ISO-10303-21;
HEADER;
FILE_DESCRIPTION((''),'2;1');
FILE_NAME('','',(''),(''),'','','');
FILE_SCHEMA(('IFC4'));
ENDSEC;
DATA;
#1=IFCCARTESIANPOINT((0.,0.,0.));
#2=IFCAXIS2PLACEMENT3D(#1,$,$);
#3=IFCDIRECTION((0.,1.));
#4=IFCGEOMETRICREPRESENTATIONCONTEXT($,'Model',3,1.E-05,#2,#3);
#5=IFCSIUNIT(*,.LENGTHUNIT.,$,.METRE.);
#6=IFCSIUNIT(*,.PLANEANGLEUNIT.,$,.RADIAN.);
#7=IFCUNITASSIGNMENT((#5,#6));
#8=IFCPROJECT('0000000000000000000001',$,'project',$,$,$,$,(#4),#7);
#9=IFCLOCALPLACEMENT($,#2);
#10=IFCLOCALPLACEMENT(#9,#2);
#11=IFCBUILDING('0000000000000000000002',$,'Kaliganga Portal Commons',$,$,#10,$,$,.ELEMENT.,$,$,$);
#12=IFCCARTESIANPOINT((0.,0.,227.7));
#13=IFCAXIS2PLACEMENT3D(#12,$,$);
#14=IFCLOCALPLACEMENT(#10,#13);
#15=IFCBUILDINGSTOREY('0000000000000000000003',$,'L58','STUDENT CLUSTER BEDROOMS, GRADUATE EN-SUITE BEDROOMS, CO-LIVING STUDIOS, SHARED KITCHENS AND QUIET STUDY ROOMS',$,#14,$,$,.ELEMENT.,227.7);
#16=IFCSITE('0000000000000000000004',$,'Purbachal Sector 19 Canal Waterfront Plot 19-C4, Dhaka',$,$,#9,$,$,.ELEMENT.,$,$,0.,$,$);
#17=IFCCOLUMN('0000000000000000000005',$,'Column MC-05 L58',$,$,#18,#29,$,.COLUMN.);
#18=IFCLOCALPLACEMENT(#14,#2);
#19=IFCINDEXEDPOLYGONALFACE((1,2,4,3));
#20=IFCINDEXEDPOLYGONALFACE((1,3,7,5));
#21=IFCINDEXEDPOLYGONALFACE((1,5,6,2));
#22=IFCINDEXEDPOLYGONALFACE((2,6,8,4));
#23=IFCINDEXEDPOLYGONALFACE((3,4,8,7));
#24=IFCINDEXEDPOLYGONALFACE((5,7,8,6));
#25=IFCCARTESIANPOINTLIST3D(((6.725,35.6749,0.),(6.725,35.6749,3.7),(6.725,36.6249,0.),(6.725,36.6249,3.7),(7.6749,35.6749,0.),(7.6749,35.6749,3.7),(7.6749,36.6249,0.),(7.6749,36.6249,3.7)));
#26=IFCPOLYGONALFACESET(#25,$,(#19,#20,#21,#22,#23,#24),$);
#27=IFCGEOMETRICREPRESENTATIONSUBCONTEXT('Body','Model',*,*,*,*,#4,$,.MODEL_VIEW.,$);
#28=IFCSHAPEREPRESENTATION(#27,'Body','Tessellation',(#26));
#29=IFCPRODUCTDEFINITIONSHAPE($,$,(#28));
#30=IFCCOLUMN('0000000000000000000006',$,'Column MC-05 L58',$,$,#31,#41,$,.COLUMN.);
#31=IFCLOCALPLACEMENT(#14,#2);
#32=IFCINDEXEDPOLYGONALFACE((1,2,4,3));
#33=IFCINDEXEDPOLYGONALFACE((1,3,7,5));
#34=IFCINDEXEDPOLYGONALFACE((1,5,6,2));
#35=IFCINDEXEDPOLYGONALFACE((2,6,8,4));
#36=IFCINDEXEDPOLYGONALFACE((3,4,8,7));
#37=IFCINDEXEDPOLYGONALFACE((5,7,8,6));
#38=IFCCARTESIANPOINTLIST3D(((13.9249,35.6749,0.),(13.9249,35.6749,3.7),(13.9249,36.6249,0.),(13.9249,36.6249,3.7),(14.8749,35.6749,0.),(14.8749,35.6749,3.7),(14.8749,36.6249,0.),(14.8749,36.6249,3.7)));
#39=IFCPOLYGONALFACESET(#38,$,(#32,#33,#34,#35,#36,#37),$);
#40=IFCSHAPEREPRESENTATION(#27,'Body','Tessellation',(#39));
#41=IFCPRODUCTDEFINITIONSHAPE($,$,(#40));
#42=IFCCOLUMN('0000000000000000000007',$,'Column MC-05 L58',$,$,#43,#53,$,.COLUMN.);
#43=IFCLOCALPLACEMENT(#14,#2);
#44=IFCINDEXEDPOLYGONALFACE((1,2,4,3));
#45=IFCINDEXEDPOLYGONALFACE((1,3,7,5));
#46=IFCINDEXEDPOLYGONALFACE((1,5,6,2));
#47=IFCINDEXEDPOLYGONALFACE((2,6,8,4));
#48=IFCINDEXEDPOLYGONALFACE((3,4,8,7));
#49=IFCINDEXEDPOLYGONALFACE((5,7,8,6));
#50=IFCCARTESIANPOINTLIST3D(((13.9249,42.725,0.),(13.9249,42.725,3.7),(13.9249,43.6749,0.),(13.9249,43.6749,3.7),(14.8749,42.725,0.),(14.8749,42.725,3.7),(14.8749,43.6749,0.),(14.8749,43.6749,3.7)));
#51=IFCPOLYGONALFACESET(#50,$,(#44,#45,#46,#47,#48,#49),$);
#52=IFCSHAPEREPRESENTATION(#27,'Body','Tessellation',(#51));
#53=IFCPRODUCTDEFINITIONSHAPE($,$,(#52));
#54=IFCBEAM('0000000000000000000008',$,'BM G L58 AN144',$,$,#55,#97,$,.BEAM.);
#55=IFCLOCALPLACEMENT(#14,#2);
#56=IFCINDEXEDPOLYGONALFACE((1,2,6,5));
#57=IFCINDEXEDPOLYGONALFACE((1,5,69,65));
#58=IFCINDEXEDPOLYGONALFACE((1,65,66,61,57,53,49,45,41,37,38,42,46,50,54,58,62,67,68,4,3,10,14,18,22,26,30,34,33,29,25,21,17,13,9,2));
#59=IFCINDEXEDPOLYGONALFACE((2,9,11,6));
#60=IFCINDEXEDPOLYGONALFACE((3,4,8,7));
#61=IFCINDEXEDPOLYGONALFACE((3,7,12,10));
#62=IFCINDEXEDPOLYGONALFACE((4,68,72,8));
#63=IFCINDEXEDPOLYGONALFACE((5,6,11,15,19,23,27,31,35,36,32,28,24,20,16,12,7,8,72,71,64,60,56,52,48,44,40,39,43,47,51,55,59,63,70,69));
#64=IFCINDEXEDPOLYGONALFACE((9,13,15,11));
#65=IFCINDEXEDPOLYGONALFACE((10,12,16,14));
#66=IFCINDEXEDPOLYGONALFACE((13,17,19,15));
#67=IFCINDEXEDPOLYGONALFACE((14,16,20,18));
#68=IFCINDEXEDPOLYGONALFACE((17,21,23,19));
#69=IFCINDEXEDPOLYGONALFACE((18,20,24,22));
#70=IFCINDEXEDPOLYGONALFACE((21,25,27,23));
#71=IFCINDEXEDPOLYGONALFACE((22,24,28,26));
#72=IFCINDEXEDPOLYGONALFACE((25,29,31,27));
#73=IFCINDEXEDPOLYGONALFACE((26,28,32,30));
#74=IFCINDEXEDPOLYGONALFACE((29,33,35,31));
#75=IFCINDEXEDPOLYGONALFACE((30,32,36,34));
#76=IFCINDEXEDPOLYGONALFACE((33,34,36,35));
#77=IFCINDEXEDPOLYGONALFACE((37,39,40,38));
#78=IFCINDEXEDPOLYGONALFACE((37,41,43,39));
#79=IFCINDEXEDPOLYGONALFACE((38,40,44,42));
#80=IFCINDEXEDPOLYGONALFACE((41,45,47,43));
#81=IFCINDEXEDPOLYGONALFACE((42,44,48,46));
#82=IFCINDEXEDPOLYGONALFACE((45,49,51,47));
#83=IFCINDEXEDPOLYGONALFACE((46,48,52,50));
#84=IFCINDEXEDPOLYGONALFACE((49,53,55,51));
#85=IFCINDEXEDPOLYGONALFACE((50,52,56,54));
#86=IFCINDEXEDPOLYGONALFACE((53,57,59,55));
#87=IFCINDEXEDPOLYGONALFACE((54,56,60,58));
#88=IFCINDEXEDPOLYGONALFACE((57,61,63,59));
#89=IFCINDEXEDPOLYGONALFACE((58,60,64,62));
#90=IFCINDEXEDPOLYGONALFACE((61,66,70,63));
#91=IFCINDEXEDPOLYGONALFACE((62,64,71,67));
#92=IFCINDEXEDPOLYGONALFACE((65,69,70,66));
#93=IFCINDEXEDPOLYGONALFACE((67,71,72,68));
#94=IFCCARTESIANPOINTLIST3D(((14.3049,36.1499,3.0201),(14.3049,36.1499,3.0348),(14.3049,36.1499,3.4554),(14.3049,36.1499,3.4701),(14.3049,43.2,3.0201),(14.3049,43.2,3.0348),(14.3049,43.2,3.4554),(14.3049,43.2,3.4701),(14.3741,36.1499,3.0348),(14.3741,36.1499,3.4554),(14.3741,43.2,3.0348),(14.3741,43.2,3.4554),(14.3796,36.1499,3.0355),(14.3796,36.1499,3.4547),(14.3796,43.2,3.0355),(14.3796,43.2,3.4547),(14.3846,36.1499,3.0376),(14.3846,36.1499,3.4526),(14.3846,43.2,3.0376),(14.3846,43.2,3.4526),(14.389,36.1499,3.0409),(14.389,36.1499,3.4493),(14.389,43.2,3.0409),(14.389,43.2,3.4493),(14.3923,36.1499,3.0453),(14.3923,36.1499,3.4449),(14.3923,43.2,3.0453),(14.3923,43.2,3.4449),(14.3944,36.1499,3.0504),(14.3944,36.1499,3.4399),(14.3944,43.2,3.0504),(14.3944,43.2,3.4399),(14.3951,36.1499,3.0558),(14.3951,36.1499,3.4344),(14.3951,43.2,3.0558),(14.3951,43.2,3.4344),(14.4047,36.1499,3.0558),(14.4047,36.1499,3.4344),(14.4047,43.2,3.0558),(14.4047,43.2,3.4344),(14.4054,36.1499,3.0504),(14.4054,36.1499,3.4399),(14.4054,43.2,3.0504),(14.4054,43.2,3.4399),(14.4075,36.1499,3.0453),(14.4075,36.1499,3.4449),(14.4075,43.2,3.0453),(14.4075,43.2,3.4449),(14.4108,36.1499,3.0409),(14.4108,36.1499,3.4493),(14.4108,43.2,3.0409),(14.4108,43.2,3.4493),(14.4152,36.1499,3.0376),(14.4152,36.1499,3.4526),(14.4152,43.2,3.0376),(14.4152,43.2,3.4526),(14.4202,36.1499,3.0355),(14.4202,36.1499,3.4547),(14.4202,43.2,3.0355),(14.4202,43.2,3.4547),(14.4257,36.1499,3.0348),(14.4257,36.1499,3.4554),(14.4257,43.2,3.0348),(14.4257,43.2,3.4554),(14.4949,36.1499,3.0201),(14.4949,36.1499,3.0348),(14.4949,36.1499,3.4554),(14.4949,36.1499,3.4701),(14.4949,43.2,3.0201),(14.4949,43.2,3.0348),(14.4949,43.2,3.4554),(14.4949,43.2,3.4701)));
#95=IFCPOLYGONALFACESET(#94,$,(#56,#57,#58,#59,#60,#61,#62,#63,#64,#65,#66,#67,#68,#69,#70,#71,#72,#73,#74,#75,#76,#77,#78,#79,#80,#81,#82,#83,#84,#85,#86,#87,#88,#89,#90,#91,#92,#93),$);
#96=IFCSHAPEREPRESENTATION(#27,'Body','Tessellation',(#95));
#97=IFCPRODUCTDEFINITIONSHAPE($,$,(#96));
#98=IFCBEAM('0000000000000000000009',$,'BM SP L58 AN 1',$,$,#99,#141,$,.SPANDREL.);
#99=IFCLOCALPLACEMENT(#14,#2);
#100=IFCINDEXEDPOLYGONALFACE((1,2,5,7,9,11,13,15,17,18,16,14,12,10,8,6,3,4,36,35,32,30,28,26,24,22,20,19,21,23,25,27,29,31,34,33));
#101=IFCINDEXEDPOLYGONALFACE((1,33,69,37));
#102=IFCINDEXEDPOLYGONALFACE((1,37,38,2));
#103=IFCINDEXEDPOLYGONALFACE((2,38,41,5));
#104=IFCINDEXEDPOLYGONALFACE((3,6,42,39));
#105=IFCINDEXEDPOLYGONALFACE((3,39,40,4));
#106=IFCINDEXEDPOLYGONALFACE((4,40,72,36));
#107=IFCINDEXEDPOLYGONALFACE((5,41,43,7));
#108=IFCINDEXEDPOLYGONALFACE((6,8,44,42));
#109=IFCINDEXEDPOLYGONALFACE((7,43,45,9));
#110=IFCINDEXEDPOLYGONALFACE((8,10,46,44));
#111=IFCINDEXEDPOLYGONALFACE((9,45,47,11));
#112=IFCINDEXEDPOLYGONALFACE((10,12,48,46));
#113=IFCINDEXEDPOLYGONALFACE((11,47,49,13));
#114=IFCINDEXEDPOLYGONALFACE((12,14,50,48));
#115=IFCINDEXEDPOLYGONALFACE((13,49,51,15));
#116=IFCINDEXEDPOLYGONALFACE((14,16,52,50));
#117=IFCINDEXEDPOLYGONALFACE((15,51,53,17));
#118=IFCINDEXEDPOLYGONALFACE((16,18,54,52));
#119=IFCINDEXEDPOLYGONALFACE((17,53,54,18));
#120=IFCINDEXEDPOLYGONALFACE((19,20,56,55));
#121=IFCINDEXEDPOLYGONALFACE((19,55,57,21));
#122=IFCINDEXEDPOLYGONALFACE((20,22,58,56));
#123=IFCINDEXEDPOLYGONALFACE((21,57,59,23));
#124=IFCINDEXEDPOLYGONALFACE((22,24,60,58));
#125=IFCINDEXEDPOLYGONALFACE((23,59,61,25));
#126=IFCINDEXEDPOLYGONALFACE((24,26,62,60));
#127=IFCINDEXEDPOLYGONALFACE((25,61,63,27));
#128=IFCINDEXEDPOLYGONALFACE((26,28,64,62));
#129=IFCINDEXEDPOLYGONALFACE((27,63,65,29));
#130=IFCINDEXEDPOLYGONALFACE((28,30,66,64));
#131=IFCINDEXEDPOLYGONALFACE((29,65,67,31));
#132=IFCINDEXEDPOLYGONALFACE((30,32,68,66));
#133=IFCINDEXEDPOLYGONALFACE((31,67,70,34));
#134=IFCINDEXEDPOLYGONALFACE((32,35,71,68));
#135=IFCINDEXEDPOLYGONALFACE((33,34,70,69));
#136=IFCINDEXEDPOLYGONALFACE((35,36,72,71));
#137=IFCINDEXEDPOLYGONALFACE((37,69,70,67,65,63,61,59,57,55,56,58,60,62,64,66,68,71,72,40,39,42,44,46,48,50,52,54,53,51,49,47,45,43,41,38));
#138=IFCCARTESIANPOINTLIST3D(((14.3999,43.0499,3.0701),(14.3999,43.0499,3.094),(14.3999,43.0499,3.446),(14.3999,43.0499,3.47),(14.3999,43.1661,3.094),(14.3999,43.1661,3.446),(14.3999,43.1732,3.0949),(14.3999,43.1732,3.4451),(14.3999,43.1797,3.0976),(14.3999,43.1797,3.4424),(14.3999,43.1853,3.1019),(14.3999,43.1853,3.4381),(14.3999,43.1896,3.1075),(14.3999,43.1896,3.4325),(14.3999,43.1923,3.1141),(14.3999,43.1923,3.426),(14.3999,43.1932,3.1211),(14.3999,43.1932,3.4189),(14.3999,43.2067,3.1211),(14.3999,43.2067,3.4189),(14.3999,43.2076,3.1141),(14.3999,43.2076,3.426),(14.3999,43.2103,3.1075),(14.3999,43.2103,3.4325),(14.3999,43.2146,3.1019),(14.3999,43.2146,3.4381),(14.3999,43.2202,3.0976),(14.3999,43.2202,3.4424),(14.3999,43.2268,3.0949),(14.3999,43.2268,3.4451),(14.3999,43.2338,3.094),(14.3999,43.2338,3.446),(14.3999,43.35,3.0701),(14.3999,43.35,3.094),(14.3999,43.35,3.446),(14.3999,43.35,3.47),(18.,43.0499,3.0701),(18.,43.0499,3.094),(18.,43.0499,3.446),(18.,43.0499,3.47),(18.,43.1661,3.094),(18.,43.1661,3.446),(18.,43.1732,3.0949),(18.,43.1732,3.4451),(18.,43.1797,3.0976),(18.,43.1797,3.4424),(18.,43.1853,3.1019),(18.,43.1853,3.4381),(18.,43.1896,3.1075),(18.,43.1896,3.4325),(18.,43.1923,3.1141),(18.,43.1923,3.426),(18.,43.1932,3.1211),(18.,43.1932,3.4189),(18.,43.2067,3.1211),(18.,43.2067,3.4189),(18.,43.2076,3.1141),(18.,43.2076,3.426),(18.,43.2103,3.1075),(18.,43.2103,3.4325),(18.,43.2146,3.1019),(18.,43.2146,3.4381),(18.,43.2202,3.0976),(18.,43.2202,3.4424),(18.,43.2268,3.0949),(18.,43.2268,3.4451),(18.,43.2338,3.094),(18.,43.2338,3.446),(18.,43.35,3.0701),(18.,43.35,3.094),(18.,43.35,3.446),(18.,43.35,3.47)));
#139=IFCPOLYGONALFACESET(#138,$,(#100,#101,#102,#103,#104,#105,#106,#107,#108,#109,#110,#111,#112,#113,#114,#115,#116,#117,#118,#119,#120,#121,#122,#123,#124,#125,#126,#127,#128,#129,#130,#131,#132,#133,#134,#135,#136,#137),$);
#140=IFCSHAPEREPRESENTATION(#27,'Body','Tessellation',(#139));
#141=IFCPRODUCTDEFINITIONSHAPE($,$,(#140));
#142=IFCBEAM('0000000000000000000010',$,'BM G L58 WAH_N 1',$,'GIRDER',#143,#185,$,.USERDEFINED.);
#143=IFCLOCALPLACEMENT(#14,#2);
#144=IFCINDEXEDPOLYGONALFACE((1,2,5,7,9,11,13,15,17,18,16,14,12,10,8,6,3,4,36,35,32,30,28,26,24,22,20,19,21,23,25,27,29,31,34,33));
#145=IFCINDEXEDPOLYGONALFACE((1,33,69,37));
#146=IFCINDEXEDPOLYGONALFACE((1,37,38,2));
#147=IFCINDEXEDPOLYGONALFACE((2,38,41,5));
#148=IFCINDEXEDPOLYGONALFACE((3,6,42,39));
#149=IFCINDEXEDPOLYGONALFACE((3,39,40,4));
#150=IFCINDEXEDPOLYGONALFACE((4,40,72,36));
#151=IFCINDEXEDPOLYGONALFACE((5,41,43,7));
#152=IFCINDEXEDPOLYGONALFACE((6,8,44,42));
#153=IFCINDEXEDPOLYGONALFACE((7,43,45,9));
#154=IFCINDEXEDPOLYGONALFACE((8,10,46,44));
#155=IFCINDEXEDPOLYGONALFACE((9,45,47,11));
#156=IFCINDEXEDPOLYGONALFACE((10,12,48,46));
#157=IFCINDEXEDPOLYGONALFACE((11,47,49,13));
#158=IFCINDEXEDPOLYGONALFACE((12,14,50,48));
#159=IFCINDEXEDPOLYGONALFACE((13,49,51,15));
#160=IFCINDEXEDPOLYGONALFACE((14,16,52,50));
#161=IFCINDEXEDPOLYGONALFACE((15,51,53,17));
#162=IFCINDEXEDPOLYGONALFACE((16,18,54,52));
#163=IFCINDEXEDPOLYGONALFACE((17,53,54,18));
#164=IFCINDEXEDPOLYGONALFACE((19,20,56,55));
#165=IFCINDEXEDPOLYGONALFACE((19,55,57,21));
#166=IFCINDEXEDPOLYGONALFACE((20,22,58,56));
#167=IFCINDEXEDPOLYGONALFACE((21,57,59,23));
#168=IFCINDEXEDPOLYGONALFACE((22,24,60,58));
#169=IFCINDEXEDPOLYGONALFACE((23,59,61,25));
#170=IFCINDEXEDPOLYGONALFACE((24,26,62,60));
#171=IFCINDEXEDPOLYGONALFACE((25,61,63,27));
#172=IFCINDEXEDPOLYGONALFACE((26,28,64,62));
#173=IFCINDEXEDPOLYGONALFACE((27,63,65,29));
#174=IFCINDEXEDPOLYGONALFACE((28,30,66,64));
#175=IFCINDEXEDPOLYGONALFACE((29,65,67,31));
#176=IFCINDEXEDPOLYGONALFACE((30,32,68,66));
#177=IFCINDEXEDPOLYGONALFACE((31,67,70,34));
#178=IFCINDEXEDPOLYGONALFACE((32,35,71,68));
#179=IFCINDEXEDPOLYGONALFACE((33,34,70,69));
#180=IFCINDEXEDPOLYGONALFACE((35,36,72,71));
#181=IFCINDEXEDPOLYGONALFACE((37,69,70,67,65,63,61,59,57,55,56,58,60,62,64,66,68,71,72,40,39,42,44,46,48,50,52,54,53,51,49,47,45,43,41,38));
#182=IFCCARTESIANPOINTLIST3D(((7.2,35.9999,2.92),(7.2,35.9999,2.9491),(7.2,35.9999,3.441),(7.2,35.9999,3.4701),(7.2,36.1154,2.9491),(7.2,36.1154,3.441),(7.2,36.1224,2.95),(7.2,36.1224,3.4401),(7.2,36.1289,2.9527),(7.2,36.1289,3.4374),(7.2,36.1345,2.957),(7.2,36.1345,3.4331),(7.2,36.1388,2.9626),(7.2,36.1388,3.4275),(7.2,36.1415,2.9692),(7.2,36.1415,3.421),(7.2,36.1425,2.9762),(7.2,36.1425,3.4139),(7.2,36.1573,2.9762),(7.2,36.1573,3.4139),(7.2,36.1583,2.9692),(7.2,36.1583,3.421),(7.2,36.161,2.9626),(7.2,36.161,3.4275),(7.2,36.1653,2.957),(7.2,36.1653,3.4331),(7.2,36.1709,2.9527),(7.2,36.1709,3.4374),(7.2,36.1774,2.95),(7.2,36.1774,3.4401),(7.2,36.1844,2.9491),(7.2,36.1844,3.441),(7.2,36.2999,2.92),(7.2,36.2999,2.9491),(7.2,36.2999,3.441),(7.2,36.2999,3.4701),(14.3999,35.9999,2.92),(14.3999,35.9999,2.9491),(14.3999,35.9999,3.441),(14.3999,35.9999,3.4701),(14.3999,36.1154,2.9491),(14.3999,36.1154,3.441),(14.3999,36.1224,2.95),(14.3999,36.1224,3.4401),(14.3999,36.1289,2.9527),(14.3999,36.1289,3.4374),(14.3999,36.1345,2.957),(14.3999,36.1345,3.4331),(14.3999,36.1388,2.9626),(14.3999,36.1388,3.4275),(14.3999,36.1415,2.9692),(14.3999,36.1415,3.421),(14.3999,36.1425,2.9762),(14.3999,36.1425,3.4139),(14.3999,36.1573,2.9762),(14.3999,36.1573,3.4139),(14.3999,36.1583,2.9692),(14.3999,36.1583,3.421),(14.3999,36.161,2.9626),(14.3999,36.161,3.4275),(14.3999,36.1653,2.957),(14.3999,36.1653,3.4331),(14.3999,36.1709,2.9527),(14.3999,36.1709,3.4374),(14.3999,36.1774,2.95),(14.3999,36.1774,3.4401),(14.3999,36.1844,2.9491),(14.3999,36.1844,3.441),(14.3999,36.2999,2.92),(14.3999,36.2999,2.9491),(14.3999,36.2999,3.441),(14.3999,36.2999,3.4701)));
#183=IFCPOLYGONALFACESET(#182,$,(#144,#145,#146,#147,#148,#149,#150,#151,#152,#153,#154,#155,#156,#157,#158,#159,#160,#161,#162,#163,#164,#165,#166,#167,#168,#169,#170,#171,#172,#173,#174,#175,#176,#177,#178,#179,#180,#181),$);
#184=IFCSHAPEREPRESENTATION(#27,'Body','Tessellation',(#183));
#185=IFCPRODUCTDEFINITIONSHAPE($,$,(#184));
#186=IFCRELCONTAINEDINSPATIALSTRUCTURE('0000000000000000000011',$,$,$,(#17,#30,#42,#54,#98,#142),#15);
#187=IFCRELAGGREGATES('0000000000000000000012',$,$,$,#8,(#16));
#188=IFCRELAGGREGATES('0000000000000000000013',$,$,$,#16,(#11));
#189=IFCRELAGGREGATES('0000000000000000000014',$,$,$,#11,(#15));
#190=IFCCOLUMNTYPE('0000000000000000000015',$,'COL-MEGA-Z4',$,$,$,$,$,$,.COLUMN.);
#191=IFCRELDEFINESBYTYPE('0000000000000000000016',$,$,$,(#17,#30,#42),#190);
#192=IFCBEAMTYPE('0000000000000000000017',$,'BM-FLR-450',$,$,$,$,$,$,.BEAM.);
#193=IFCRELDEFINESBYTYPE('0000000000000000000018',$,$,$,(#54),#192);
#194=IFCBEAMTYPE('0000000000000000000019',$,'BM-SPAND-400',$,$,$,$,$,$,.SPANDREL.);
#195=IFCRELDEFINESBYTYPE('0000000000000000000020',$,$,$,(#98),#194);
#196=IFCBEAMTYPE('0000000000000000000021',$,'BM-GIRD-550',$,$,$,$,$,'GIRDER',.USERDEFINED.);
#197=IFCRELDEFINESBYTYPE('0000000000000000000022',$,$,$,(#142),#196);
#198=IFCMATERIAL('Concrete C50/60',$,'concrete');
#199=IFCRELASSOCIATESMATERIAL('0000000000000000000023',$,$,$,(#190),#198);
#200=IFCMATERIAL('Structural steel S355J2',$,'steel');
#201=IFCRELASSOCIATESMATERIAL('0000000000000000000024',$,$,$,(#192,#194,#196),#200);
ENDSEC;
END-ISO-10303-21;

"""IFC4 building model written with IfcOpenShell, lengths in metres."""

from ifc_helpers import new_model, si_unit, direction, frame, origin, origin_2d, place, context, subcontext, project, spatial, rectangle, i_section, extrude, source, transform, mapped, material, material_profile, profile_set, type_object, element, save


model = new_model("IFC4")

# Units and contexts
model_context = context("Model", 3, precision=1e-05, world=origin(), true_north=direction((0.0, 1.0)))
body_context = subcontext(model_context, "Body", "Model", "MODEL_VIEW")
ifc_project = project(units=[si_unit("LENGTHUNIT", "METRE"), si_unit("PLANEANGLEUNIT", "RADIAN")], contexts=[model_context])

# Site, building, storey
site_placement = place(None, origin())
site = spatial("IfcSite", under=ifc_project, at=site_placement, Name="Purbachal Sector 19 Canal Waterfront Plot 19-C4, Dhaka", CompositionType="ELEMENT", RefElevation=0.0)
building_placement = place(site_placement, origin())
building = spatial("IfcBuilding", under=site, at=building_placement, Name="Kaliganga Portal Commons", CompositionType="ELEMENT")
storey_placement = place(building_placement, frame((0.0, 0.0, 227.7)))
storey = spatial("IfcBuildingStorey", under=building, at=storey_placement, Name="L58", Description="STUDENT CLUSTER BEDROOMS, GRADUATE EN-SUITE BEDROOMS, CO-LIVING STUDIOS, SHARED KITCHENS AND QUIET STUDY ROOMS", CompositionType="ELEMENT", Elevation=227.7)

# Columns
ifc_material_1 = material(Name="Concrete C50/60", Category="concrete")
ifc_material_profile_1 = material_profile(ifc_material_1, rectangle(XDim=0.95, YDim=0.95, at=origin_2d()), Name="RC 950x950")
ifc_profile_set_1 = profile_set([ifc_material_profile_1], Name="Concrete C50/60")
column_type = type_object("IfcColumnType", Name="COL-MEGA-Z4", PredefinedType="COLUMN", material=ifc_profile_set_1)
shared_shape_1 = source(origin(), body_context, "Body", "SweptSolid", [
    extrude(rectangle(XDim=0.95, YDim=0.95, at=origin_2d()), origin(), (0.0, 0.0, 1.0), 3.7),
])
for number, where, z_axis, x_axis, name in (
    (1, (7.2, 36.1499, 0.0), (0.0, 0.0, 1.0), (1.0, 0.0, 0.0), "Column MC-05 L58"),
    (2, (14.3999, 36.1499, 0.0), (0.0, 0.0, 1.0), (1.0, 0.0, 0.0), "Column MC-05 L58"),
    (3, (14.3999, 43.2, 0.0), (0.0, 0.0, 1.0), (1.0, 0.0, 0.0), "Column MC-05 L58"),
):
    element("IfcColumn", number, at=place(storey_placement, frame(where, z_axis=z_axis, x_axis=x_axis)), inside=storey, type_object=column_type, Name=name, PredefinedType="COLUMN", context=body_context, shape_type="MappedRepresentation", body=[
        mapped(shared_shape_1, transform((0.0, 0.0, 0.0), x_axis=(1.0, 0.0, 0.0), y_axis=(0.0, 1.0, 0.0), z_axis=(0.0, 0.0, 1.0), scale=1.0)),
    ])

# Beams
ifc_material_2 = material(Name="Structural steel S355J2", Category="steel")
ifc_material_profile_2 = material_profile(ifc_material_2, i_section(OverallWidth=0.1899, OverallDepth=0.45, WebThickness=0.0095, FlangeThickness=0.0146, FilletRadius=0.021, at=origin_2d()), Name="IPE 450")
ifc_profile_set_2 = profile_set([ifc_material_profile_2], Name="Structural steel S355J2 wide-flange")
beam_type_1 = type_object("IfcBeamType", Name="BM-FLR-450", PredefinedType="BEAM", material=ifc_profile_set_2)
shared_shape_2 = source(origin(), body_context, "Body", "SweptSolid", [
    extrude(i_section(OverallWidth=0.1899, OverallDepth=0.45, WebThickness=0.0095, FlangeThickness=0.0146, FilletRadius=0.021, at=origin_2d()), origin(), (0.0, 0.0, 1.0), 7.05),
])
beam_1_placement = place(storey_placement, frame((14.3999, 36.1499, 3.2451), z_axis=(0.0, 1.0, 0.0), x_axis=(-1.0, 0.0, 0.0)))
element("IfcBeam", 4, at=beam_1_placement, inside=storey, type_object=beam_type_1, Name="BM G L58 AN144", PredefinedType="BEAM", context=body_context, shape_type="MappedRepresentation", body=[
    mapped(shared_shape_2, transform((0.0, 0.0, 0.0), x_axis=(1.0, 0.0, 0.0), y_axis=(0.0, 1.0, 0.0), z_axis=(0.0, 0.0, 1.0), scale=1.0)),
])
ifc_material_profile_3 = material_profile(ifc_material_2, i_section(OverallWidth=0.3, OverallDepth=0.3999, WebThickness=0.0134, FlangeThickness=0.0239, FilletRadius=0.0271, at=origin_2d()), Name="HE 400 B")
ifc_profile_set_3 = profile_set([ifc_material_profile_3], Name="Structural steel S355J2 wide-flange")
beam_type_2 = type_object("IfcBeamType", Name="BM-SPAND-400", PredefinedType="SPANDREL", material=ifc_profile_set_3)
shared_shape_3 = source(origin(), body_context, "Body", "SweptSolid", [
    extrude(i_section(OverallWidth=0.3, OverallDepth=0.3999, WebThickness=0.0134, FlangeThickness=0.0239, FilletRadius=0.0271, at=origin_2d()), origin(), (0.0, 0.0, 1.0), 3.6001),
])
beam_2_placement = place(storey_placement, frame((14.3999, 43.2, 3.27), z_axis=(1.0, 0.0, 0.0), x_axis=(0.0, 1.0, 0.0)))
element("IfcBeam", 5, at=beam_2_placement, inside=storey, type_object=beam_type_2, Name="BM SP L58 AN 1", PredefinedType="SPANDREL", context=body_context, shape_type="MappedRepresentation", body=[
    mapped(shared_shape_3, transform((0.0, 0.0, 0.0), x_axis=(1.0, 0.0, 0.0), y_axis=(0.0, 1.0, 0.0), z_axis=(0.0, 0.0, 1.0), scale=1.0)),
])
ifc_material_profile_4 = material_profile(ifc_material_2, i_section(OverallWidth=0.3, OverallDepth=0.55, WebThickness=0.0149, FlangeThickness=0.0291, FilletRadius=0.0271, at=origin_2d()), Name="HE 550 B")
ifc_profile_set_4 = profile_set([ifc_material_profile_4], Name="Structural steel S355J2 wide-flange")
beam_type_3 = type_object("IfcBeamType", Name="BM-GIRD-550", ElementType="GIRDER", PredefinedType="USERDEFINED", material=ifc_profile_set_4)
shared_shape_4 = source(origin(), body_context, "Body", "SweptSolid", [
    extrude(i_section(OverallWidth=0.3, OverallDepth=0.55, WebThickness=0.0149, FlangeThickness=0.0291, FilletRadius=0.0271, at=origin_2d()), origin(), (0.0, 0.0, 1.0), 7.2),
])
beam_3_placement = place(storey_placement, frame((7.2, 36.1499, 3.1951), z_axis=(1.0, 0.0, 0.0), x_axis=(0.0, 1.0, 0.0)))
element("IfcBeam", 6, at=beam_3_placement, inside=storey, type_object=beam_type_3, Name="BM G L58 WAH_N 1", ObjectType="GIRDER", PredefinedType="USERDEFINED", context=body_context, shape_type="MappedRepresentation", body=[
    mapped(shared_shape_4, transform((0.0, 0.0, 0.0), x_axis=(1.0, 0.0, 0.0), y_axis=(0.0, 1.0, 0.0), z_axis=(0.0, 0.0, 1.0), scale=1.0)),
])

save(model, "model.ifc")
